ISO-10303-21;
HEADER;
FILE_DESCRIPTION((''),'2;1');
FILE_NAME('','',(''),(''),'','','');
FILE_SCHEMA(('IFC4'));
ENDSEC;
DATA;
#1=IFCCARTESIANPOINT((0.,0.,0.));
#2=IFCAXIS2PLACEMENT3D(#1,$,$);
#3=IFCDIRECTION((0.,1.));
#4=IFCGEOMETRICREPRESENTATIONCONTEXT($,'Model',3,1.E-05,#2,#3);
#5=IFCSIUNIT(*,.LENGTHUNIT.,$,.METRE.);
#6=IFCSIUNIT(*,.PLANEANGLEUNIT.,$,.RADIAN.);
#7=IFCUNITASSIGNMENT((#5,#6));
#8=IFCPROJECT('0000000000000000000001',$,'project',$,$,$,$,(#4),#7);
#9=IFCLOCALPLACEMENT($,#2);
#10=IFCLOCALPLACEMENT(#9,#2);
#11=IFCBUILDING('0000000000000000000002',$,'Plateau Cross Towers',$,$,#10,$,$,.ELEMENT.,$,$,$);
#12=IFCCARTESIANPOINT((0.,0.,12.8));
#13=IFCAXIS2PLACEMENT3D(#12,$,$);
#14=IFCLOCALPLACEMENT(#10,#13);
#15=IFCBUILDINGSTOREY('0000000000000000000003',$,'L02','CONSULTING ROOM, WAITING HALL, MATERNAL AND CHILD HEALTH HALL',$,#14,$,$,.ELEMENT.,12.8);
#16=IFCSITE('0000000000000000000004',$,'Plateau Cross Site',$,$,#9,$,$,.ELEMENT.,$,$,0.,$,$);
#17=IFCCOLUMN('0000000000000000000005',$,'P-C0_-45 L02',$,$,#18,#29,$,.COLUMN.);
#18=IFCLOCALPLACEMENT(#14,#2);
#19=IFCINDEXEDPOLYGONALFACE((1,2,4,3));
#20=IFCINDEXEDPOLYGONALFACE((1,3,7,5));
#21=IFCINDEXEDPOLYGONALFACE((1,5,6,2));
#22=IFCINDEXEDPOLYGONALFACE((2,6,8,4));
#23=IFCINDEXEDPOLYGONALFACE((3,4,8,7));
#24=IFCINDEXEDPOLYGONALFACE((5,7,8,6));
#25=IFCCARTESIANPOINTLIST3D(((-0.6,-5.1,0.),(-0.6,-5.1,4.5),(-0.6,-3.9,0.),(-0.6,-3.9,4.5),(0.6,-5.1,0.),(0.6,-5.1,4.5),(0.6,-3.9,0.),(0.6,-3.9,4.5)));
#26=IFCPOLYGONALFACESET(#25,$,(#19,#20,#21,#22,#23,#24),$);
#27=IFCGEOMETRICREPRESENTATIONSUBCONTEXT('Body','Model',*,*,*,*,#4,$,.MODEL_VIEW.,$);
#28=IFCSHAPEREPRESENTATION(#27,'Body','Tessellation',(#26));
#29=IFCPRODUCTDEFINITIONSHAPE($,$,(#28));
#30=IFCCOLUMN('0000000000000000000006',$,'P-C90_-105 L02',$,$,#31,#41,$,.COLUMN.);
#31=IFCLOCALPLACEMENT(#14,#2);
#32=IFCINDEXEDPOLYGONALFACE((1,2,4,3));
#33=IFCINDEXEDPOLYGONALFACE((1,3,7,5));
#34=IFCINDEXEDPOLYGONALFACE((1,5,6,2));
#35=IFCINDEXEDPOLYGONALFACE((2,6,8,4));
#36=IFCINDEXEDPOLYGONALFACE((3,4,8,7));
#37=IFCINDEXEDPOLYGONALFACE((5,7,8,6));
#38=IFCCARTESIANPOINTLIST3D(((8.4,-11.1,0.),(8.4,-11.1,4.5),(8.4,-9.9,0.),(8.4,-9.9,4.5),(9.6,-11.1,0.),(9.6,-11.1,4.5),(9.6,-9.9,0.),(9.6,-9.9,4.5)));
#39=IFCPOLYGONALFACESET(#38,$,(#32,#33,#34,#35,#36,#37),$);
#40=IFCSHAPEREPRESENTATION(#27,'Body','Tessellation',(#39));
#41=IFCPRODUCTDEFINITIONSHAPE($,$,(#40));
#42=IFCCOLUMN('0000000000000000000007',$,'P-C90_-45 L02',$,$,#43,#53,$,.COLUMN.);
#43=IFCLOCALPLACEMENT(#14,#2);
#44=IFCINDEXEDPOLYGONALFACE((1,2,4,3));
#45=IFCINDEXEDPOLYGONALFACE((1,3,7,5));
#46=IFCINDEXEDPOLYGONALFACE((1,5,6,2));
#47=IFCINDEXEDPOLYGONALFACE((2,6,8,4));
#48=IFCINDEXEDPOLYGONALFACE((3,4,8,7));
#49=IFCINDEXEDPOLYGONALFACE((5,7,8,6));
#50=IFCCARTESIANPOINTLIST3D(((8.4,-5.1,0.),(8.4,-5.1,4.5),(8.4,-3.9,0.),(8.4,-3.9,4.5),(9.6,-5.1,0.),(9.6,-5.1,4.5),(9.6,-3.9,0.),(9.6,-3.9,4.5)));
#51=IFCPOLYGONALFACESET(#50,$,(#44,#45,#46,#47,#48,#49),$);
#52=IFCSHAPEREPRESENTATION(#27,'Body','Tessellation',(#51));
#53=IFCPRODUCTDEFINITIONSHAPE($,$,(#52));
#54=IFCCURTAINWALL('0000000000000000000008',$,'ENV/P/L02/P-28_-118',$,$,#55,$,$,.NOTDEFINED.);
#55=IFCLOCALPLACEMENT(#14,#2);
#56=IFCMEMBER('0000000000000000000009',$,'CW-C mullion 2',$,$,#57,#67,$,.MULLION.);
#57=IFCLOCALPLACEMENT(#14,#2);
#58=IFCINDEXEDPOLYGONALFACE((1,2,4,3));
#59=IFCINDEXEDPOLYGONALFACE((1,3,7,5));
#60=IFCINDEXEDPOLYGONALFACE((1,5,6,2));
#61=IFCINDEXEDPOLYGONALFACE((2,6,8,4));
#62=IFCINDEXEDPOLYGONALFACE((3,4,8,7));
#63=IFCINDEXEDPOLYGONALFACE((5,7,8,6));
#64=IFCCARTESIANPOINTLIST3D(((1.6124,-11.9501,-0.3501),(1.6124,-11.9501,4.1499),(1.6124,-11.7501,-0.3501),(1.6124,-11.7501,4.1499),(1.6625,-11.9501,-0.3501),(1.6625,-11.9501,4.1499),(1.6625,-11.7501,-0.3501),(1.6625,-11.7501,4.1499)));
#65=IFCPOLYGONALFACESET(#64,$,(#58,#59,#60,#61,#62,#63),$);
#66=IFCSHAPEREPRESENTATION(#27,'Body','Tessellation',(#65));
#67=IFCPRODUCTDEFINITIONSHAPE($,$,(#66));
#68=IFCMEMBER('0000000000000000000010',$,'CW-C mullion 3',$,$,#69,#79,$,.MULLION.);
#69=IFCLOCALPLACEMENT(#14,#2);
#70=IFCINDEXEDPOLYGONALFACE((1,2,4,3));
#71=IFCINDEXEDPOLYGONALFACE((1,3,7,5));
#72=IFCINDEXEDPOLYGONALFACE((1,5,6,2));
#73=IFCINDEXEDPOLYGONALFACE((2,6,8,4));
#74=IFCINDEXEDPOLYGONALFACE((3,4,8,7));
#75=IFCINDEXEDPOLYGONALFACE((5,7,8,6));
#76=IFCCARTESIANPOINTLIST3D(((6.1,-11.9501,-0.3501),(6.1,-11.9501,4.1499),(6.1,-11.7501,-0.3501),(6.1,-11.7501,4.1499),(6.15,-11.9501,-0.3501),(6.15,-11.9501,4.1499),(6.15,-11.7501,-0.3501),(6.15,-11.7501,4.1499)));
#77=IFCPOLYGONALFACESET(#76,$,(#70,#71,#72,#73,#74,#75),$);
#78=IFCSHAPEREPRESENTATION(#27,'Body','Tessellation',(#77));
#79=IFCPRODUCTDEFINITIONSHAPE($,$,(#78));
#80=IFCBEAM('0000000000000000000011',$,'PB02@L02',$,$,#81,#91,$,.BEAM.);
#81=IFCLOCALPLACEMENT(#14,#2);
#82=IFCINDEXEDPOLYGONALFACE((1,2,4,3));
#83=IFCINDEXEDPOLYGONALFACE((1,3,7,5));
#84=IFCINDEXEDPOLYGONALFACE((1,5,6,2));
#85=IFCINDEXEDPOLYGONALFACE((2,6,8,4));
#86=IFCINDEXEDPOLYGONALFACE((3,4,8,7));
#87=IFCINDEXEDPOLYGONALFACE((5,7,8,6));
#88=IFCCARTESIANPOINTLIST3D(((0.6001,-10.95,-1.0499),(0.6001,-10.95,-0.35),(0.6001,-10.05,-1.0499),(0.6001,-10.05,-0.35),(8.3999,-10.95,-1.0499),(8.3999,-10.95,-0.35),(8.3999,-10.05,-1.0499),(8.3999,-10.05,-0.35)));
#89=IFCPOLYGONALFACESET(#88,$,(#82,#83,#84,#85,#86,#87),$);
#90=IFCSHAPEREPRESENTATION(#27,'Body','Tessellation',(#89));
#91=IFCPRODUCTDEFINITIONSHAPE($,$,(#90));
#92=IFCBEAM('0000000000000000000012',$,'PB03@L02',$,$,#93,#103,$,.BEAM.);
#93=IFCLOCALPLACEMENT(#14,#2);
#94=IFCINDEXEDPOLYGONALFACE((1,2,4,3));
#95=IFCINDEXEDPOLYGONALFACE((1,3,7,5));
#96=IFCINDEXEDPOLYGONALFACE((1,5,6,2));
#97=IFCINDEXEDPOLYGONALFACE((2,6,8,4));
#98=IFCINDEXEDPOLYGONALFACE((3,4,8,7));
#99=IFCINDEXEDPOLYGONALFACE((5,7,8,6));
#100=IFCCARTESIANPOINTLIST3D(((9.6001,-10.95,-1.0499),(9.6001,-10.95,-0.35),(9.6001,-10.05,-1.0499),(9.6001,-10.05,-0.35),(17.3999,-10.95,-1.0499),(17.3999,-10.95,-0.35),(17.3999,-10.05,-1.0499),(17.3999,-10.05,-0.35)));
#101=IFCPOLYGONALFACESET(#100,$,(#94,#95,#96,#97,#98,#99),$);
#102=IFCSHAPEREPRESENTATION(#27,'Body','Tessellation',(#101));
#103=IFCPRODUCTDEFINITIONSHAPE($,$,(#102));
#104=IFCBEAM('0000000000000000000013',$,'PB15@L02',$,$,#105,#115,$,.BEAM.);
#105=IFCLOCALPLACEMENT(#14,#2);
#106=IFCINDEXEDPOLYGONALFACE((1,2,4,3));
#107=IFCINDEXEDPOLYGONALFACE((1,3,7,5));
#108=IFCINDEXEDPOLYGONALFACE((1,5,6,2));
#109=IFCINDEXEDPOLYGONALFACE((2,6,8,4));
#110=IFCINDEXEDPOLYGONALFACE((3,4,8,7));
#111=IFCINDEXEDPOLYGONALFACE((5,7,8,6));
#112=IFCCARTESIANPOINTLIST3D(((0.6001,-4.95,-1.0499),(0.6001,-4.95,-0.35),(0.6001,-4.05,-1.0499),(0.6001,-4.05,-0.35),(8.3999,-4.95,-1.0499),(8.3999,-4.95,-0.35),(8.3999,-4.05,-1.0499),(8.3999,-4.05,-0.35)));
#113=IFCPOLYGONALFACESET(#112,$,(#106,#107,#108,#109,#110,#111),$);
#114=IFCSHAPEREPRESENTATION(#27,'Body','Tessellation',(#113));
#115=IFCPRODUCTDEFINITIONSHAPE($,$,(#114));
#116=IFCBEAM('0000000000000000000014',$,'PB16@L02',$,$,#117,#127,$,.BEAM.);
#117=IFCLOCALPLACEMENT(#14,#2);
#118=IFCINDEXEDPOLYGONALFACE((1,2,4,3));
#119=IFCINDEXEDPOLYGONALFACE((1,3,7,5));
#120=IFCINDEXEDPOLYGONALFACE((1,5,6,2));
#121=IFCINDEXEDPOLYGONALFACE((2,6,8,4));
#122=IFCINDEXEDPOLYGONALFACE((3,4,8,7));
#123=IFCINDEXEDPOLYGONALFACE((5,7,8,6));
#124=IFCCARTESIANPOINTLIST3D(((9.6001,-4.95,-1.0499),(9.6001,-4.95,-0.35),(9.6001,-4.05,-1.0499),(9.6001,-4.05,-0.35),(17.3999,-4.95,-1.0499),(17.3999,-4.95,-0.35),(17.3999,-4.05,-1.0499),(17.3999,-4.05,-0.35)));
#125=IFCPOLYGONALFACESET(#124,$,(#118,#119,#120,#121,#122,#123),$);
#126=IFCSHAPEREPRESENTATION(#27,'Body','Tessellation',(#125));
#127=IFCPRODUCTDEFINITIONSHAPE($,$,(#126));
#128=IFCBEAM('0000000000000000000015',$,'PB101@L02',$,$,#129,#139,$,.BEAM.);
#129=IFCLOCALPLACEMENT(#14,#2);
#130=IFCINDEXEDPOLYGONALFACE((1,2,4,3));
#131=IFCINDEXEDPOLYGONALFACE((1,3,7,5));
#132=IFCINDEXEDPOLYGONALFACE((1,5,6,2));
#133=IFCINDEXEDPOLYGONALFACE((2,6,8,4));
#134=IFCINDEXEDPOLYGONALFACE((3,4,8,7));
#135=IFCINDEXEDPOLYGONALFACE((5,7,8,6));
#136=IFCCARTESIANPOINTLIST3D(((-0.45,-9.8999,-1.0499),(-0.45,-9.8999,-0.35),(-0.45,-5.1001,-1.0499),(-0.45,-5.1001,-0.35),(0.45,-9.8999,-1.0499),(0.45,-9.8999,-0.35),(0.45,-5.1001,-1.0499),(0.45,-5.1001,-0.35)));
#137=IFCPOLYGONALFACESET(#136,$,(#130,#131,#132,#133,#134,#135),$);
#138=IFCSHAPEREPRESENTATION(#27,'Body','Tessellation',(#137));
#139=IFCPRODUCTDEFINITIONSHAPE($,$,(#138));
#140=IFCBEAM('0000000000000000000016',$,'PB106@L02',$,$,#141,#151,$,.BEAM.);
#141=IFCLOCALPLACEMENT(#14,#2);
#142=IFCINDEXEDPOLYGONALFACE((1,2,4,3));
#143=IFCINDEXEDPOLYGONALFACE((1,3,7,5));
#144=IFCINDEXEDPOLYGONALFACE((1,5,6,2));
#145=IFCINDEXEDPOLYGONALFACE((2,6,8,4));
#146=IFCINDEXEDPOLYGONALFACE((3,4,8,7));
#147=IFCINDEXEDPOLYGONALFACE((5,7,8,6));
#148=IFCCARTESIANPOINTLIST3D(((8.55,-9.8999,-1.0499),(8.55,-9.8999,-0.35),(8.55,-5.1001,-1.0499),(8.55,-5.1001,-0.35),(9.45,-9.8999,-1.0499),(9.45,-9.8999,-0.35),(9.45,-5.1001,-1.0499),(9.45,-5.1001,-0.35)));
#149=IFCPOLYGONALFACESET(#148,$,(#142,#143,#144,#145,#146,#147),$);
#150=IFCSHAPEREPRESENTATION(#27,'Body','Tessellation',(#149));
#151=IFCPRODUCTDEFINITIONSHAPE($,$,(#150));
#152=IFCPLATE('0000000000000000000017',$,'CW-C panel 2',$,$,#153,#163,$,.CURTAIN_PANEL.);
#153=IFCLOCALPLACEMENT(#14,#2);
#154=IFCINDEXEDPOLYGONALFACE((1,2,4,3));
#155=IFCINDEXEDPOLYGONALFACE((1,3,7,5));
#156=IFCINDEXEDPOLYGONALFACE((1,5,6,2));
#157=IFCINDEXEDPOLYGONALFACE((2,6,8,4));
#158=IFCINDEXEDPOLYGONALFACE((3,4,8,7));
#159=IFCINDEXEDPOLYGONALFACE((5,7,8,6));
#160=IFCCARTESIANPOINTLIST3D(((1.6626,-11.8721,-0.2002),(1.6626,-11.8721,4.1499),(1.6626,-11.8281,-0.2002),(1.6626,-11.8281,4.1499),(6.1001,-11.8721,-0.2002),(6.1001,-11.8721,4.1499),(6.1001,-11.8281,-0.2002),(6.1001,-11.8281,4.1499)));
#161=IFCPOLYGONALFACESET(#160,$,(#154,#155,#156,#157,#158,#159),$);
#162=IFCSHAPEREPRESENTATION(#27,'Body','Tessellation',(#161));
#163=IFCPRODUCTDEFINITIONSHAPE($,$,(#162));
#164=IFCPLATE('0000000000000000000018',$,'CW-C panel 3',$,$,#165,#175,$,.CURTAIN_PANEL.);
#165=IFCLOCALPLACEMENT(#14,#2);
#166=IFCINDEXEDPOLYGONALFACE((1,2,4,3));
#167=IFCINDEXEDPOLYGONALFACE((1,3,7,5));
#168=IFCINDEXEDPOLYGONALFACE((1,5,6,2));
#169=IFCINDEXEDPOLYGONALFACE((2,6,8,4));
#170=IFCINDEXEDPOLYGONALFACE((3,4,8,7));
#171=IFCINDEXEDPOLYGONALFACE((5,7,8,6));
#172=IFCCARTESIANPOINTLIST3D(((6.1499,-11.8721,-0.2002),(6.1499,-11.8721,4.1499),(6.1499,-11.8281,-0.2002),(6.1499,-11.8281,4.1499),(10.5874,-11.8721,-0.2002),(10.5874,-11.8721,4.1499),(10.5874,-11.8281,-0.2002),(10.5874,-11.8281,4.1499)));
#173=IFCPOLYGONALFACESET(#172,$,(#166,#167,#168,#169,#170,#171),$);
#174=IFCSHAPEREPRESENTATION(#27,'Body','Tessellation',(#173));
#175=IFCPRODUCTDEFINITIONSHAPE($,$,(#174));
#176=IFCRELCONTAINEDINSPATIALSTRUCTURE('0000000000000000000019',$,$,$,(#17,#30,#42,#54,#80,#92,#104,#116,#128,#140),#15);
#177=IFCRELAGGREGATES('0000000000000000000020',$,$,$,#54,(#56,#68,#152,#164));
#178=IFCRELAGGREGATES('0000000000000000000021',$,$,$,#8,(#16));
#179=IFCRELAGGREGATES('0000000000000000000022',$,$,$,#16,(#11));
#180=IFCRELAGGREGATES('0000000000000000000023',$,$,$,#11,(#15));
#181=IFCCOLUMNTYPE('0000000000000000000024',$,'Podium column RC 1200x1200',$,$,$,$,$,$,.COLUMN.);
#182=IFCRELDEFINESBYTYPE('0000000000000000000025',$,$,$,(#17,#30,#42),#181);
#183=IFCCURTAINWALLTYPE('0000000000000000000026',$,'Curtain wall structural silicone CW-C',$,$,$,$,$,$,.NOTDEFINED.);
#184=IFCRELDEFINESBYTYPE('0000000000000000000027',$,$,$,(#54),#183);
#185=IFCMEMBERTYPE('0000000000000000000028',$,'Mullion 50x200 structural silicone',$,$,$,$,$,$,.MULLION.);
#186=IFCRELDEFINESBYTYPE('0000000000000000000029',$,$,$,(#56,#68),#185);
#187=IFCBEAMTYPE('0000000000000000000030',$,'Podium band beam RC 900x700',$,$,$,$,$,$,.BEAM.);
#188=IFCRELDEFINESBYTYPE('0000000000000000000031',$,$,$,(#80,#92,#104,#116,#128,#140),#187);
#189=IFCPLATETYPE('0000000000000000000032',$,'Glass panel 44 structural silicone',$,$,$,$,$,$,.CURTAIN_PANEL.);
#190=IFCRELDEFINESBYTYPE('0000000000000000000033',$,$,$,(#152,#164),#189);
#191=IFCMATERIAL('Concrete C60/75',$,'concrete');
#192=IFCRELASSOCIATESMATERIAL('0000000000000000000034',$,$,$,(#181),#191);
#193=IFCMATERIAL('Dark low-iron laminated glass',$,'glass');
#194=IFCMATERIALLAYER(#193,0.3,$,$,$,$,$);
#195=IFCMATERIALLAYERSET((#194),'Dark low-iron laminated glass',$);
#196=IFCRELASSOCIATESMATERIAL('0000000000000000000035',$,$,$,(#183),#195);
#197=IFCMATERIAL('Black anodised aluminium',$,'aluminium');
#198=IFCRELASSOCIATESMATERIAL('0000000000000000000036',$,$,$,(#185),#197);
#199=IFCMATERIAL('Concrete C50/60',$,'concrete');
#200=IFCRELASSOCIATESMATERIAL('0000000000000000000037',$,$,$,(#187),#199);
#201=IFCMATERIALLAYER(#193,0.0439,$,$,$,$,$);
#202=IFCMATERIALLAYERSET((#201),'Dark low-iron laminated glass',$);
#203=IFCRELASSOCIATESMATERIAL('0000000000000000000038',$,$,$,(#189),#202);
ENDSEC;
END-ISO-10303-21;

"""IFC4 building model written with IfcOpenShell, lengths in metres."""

from ifc_helpers import new_model, si_unit, direction, frame, origin, origin_2d, place, context, subcontext, project, spatial, rectangle, extrude, material, layer, layer_set, material_profile, profile_set, type_object, element, aggregate, save


model = new_model("IFC4")

# Units and contexts
model_context = context("Model", 3, precision=1e-05, world=origin(), true_north=direction((0.0, 1.0)))
body_context = subcontext(model_context, "Body", "Model", "MODEL_VIEW")
ifc_project = project(units=[si_unit("LENGTHUNIT", "METRE"), si_unit("PLANEANGLEUNIT", "RADIAN")], contexts=[model_context])

# Site, building, storey
site_placement = place(None, origin())
site = spatial("IfcSite", under=ifc_project, at=site_placement, Name="Plateau Cross Site", CompositionType="ELEMENT", RefElevation=0.0)
building_placement = place(site_placement, origin())
building = spatial("IfcBuilding", under=site, at=building_placement, Name="Plateau Cross Towers", CompositionType="ELEMENT")
storey_placement = place(building_placement, frame((0.0, 0.0, 12.8)))
storey = spatial("IfcBuildingStorey", under=building, at=storey_placement, Name="L02", Description="CONSULTING ROOM, WAITING HALL, MATERNAL AND CHILD HEALTH HALL", CompositionType="ELEMENT", Elevation=12.8)

# Columns
ifc_material_1 = material(Name="Concrete C60/75", Category="concrete")
ifc_material_profile_1 = material_profile(ifc_material_1, rectangle(XDim=1.2, YDim=1.2, at=origin_2d()), Name="RC 1200x1200")
ifc_profile_set_1 = profile_set([ifc_material_profile_1], Name="Concrete C60/75")
column_type = type_object("IfcColumnType", Name="Podium column RC 1200x1200", PredefinedType="COLUMN", material=ifc_profile_set_1)
for number, where, z_axis, x_axis, name in (
    (1, (0.0, -4.5, 0.0), (0.0, 0.0, 1.0), (1.0, 0.0, 0.0), "P-C0_-45 L02"),
    (2, (9.0, -10.5, 0.0), (0.0, 0.0, 1.0), (1.0, 0.0, 0.0), "P-C90_-105 L02"),
    (3, (9.0, -4.5, 0.0), (0.0, 0.0, 1.0), (1.0, 0.0, 0.0), "P-C90_-45 L02"),
):
    element("IfcColumn", number, at=place(storey_placement, frame(where, z_axis=z_axis, x_axis=x_axis)), inside=storey, type_object=column_type, Name=name, PredefinedType="COLUMN", context=body_context, shape_type="SweptSolid", body=[
        extrude(rectangle(XDim=1.2, YDim=1.2, at=origin_2d()), origin(), (0.0, 0.0, 1.0), 4.5),
    ])

# Curtain wall, members
ifc_material_2 = material(Name="Dark low-iron laminated glass", Category="glass")
ifc_layer_1 = layer(ifc_material_2, 0.3)
ifc_layer_set_1 = layer_set([ifc_layer_1], Name="Dark low-iron laminated glass")
curtain_wall_type = type_object("IfcCurtainWallType", Name="Curtain wall structural silicone CW-C", PredefinedType="NOTDEFINED", material=ifc_layer_set_1)
curtain_wall_placement = place(storey_placement, origin())
curtain_wall = element("IfcCurtainWall", 4, at=curtain_wall_placement, inside=storey, type_object=curtain_wall_type, Name="ENV/P/L02/P-28_-118", PredefinedType="NOTDEFINED")
ifc_material_3 = material(Name="Black anodised aluminium", Category="aluminium")
ifc_material_profile_2 = material_profile(ifc_material_3, rectangle(XDim=0.05, YDim=0.2, at=origin_2d()), Name="MULLION 50x200")
ifc_profile_set_2 = profile_set([ifc_material_profile_2], Name="Black anodised aluminium")
member_type = type_object("IfcMemberType", Name="Mullion 50x200 structural silicone", PredefinedType="MULLION", material=ifc_profile_set_2)
member_1_placement = place(storey_placement, frame((1.6375, -11.8501, -0.3501), z_axis=(0.0, 0.0, 1.0), x_axis=(1.0, 0.0, 0.0)))
member_1 = element("IfcMember", 5, at=member_1_placement, type_object=member_type, Name="CW-C mullion 2", PredefinedType="MULLION", context=body_context, shape_type="SweptSolid", body=[
    extrude(rectangle(XDim=0.05, YDim=0.2, at=origin_2d()), origin(), (0.0, 0.0, 1.0), 4.5),
])
member_2_placement = place(storey_placement, frame((6.125, -11.8501, -0.3501), z_axis=(0.0, 0.0, 1.0), x_axis=(1.0, 0.0, 0.0)))
member_2 = element("IfcMember", 6, at=member_2_placement, type_object=member_type, Name="CW-C mullion 3", PredefinedType="MULLION", context=body_context, shape_type="SweptSolid", body=[
    extrude(rectangle(XDim=0.05, YDim=0.2, at=origin_2d()), origin(), (0.0, 0.0, 1.0), 4.5),
])

# Beams
ifc_material_4 = material(Name="Concrete C50/60", Category="concrete")
ifc_material_profile_3 = material_profile(ifc_material_4, rectangle(XDim=0.8999, YDim=0.7, at=origin_2d()), Name="RC 900x700")
ifc_profile_set_3 = profile_set([ifc_material_profile_3], Name="Concrete C50/60")
beam_type = type_object("IfcBeamType", Name="Podium band beam RC 900x700", PredefinedType="BEAM", material=ifc_profile_set_3)
for number, where, z_axis, x_axis, name in (
    (7, (0.6001, -10.5, -0.7), (1.0, 0.0, 0.0), (0.0, 1.0, 0.0), "PB02@L02"),
    (8, (9.6001, -10.5, -0.7), (1.0, 0.0, 0.0), (0.0, 1.0, 0.0), "PB03@L02"),
    (9, (0.6001, -4.5, -0.7), (1.0, 0.0, 0.0), (0.0, 1.0, 0.0), "PB15@L02"),
    (10, (9.6001, -4.5, -0.7), (1.0, 0.0, 0.0), (0.0, 1.0, 0.0), "PB16@L02"),
):
    element("IfcBeam", number, at=place(storey_placement, frame(where, z_axis=z_axis, x_axis=x_axis)), inside=storey, type_object=beam_type, Name=name, PredefinedType="BEAM", context=body_context, shape_type="SweptSolid", body=[
        extrude(rectangle(XDim=0.8999, YDim=0.7, at=origin_2d()), origin(), (0.0, 0.0, 1.0), 7.7998),
    ])
for number, where, z_axis, x_axis, name in (
    (11, (0.0, -9.8999, -0.7), (0.0, 1.0, 0.0), (-1.0, 0.0, 0.0), "PB101@L02"),
    (12, (9.0, -9.8999, -0.7), (0.0, 1.0, 0.0), (-1.0, 0.0, 0.0), "PB106@L02"),
):
    element("IfcBeam", number, at=place(storey_placement, frame(where, z_axis=z_axis, x_axis=x_axis)), inside=storey, type_object=beam_type, Name=name, PredefinedType="BEAM", context=body_context, shape_type="SweptSolid", body=[
        extrude(rectangle(XDim=0.8999, YDim=0.7, at=origin_2d()), origin(), (0.0, 0.0, 1.0), 4.7998),
    ])

# Plates
ifc_layer_2 = layer(ifc_material_2, 0.0439)
ifc_layer_set_2 = layer_set([ifc_layer_2], Name="Dark low-iron laminated glass")
plate_type = type_object("IfcPlateType", Name="Glass panel 44 structural silicone", PredefinedType="CURTAIN_PANEL", material=ifc_layer_set_2)
plate_1_placement = place(storey_placement, frame((3.8813, -11.8501, -0.2002), z_axis=(0.0, 0.0, 1.0), x_axis=(1.0, 0.0, 0.0)))
plate_1 = element("IfcPlate", 13, at=plate_1_placement, type_object=plate_type, Name="CW-C panel 2", PredefinedType="CURTAIN_PANEL", context=body_context, shape_type="SweptSolid", body=[
    extrude(rectangle(XDim=4.4375, YDim=0.0439, at=origin_2d()), origin(), (0.0, 0.0, 1.0), 4.3501),
])
plate_2_placement = place(storey_placement, frame((8.3687, -11.8501, -0.2002), z_axis=(0.0, 0.0, 1.0), x_axis=(1.0, 0.0, 0.0)))
plate_2 = element("IfcPlate", 14, at=plate_2_placement, type_object=plate_type, Name="CW-C panel 3", PredefinedType="CURTAIN_PANEL", context=body_context, shape_type="SweptSolid", body=[
    extrude(rectangle(XDim=4.4375, YDim=0.0439, at=origin_2d()), origin(), (0.0, 0.0, 1.0), 4.3501),
])
aggregate(curtain_wall, [member_1, member_2, plate_1, plate_2])

save(model, "model.ifc")
